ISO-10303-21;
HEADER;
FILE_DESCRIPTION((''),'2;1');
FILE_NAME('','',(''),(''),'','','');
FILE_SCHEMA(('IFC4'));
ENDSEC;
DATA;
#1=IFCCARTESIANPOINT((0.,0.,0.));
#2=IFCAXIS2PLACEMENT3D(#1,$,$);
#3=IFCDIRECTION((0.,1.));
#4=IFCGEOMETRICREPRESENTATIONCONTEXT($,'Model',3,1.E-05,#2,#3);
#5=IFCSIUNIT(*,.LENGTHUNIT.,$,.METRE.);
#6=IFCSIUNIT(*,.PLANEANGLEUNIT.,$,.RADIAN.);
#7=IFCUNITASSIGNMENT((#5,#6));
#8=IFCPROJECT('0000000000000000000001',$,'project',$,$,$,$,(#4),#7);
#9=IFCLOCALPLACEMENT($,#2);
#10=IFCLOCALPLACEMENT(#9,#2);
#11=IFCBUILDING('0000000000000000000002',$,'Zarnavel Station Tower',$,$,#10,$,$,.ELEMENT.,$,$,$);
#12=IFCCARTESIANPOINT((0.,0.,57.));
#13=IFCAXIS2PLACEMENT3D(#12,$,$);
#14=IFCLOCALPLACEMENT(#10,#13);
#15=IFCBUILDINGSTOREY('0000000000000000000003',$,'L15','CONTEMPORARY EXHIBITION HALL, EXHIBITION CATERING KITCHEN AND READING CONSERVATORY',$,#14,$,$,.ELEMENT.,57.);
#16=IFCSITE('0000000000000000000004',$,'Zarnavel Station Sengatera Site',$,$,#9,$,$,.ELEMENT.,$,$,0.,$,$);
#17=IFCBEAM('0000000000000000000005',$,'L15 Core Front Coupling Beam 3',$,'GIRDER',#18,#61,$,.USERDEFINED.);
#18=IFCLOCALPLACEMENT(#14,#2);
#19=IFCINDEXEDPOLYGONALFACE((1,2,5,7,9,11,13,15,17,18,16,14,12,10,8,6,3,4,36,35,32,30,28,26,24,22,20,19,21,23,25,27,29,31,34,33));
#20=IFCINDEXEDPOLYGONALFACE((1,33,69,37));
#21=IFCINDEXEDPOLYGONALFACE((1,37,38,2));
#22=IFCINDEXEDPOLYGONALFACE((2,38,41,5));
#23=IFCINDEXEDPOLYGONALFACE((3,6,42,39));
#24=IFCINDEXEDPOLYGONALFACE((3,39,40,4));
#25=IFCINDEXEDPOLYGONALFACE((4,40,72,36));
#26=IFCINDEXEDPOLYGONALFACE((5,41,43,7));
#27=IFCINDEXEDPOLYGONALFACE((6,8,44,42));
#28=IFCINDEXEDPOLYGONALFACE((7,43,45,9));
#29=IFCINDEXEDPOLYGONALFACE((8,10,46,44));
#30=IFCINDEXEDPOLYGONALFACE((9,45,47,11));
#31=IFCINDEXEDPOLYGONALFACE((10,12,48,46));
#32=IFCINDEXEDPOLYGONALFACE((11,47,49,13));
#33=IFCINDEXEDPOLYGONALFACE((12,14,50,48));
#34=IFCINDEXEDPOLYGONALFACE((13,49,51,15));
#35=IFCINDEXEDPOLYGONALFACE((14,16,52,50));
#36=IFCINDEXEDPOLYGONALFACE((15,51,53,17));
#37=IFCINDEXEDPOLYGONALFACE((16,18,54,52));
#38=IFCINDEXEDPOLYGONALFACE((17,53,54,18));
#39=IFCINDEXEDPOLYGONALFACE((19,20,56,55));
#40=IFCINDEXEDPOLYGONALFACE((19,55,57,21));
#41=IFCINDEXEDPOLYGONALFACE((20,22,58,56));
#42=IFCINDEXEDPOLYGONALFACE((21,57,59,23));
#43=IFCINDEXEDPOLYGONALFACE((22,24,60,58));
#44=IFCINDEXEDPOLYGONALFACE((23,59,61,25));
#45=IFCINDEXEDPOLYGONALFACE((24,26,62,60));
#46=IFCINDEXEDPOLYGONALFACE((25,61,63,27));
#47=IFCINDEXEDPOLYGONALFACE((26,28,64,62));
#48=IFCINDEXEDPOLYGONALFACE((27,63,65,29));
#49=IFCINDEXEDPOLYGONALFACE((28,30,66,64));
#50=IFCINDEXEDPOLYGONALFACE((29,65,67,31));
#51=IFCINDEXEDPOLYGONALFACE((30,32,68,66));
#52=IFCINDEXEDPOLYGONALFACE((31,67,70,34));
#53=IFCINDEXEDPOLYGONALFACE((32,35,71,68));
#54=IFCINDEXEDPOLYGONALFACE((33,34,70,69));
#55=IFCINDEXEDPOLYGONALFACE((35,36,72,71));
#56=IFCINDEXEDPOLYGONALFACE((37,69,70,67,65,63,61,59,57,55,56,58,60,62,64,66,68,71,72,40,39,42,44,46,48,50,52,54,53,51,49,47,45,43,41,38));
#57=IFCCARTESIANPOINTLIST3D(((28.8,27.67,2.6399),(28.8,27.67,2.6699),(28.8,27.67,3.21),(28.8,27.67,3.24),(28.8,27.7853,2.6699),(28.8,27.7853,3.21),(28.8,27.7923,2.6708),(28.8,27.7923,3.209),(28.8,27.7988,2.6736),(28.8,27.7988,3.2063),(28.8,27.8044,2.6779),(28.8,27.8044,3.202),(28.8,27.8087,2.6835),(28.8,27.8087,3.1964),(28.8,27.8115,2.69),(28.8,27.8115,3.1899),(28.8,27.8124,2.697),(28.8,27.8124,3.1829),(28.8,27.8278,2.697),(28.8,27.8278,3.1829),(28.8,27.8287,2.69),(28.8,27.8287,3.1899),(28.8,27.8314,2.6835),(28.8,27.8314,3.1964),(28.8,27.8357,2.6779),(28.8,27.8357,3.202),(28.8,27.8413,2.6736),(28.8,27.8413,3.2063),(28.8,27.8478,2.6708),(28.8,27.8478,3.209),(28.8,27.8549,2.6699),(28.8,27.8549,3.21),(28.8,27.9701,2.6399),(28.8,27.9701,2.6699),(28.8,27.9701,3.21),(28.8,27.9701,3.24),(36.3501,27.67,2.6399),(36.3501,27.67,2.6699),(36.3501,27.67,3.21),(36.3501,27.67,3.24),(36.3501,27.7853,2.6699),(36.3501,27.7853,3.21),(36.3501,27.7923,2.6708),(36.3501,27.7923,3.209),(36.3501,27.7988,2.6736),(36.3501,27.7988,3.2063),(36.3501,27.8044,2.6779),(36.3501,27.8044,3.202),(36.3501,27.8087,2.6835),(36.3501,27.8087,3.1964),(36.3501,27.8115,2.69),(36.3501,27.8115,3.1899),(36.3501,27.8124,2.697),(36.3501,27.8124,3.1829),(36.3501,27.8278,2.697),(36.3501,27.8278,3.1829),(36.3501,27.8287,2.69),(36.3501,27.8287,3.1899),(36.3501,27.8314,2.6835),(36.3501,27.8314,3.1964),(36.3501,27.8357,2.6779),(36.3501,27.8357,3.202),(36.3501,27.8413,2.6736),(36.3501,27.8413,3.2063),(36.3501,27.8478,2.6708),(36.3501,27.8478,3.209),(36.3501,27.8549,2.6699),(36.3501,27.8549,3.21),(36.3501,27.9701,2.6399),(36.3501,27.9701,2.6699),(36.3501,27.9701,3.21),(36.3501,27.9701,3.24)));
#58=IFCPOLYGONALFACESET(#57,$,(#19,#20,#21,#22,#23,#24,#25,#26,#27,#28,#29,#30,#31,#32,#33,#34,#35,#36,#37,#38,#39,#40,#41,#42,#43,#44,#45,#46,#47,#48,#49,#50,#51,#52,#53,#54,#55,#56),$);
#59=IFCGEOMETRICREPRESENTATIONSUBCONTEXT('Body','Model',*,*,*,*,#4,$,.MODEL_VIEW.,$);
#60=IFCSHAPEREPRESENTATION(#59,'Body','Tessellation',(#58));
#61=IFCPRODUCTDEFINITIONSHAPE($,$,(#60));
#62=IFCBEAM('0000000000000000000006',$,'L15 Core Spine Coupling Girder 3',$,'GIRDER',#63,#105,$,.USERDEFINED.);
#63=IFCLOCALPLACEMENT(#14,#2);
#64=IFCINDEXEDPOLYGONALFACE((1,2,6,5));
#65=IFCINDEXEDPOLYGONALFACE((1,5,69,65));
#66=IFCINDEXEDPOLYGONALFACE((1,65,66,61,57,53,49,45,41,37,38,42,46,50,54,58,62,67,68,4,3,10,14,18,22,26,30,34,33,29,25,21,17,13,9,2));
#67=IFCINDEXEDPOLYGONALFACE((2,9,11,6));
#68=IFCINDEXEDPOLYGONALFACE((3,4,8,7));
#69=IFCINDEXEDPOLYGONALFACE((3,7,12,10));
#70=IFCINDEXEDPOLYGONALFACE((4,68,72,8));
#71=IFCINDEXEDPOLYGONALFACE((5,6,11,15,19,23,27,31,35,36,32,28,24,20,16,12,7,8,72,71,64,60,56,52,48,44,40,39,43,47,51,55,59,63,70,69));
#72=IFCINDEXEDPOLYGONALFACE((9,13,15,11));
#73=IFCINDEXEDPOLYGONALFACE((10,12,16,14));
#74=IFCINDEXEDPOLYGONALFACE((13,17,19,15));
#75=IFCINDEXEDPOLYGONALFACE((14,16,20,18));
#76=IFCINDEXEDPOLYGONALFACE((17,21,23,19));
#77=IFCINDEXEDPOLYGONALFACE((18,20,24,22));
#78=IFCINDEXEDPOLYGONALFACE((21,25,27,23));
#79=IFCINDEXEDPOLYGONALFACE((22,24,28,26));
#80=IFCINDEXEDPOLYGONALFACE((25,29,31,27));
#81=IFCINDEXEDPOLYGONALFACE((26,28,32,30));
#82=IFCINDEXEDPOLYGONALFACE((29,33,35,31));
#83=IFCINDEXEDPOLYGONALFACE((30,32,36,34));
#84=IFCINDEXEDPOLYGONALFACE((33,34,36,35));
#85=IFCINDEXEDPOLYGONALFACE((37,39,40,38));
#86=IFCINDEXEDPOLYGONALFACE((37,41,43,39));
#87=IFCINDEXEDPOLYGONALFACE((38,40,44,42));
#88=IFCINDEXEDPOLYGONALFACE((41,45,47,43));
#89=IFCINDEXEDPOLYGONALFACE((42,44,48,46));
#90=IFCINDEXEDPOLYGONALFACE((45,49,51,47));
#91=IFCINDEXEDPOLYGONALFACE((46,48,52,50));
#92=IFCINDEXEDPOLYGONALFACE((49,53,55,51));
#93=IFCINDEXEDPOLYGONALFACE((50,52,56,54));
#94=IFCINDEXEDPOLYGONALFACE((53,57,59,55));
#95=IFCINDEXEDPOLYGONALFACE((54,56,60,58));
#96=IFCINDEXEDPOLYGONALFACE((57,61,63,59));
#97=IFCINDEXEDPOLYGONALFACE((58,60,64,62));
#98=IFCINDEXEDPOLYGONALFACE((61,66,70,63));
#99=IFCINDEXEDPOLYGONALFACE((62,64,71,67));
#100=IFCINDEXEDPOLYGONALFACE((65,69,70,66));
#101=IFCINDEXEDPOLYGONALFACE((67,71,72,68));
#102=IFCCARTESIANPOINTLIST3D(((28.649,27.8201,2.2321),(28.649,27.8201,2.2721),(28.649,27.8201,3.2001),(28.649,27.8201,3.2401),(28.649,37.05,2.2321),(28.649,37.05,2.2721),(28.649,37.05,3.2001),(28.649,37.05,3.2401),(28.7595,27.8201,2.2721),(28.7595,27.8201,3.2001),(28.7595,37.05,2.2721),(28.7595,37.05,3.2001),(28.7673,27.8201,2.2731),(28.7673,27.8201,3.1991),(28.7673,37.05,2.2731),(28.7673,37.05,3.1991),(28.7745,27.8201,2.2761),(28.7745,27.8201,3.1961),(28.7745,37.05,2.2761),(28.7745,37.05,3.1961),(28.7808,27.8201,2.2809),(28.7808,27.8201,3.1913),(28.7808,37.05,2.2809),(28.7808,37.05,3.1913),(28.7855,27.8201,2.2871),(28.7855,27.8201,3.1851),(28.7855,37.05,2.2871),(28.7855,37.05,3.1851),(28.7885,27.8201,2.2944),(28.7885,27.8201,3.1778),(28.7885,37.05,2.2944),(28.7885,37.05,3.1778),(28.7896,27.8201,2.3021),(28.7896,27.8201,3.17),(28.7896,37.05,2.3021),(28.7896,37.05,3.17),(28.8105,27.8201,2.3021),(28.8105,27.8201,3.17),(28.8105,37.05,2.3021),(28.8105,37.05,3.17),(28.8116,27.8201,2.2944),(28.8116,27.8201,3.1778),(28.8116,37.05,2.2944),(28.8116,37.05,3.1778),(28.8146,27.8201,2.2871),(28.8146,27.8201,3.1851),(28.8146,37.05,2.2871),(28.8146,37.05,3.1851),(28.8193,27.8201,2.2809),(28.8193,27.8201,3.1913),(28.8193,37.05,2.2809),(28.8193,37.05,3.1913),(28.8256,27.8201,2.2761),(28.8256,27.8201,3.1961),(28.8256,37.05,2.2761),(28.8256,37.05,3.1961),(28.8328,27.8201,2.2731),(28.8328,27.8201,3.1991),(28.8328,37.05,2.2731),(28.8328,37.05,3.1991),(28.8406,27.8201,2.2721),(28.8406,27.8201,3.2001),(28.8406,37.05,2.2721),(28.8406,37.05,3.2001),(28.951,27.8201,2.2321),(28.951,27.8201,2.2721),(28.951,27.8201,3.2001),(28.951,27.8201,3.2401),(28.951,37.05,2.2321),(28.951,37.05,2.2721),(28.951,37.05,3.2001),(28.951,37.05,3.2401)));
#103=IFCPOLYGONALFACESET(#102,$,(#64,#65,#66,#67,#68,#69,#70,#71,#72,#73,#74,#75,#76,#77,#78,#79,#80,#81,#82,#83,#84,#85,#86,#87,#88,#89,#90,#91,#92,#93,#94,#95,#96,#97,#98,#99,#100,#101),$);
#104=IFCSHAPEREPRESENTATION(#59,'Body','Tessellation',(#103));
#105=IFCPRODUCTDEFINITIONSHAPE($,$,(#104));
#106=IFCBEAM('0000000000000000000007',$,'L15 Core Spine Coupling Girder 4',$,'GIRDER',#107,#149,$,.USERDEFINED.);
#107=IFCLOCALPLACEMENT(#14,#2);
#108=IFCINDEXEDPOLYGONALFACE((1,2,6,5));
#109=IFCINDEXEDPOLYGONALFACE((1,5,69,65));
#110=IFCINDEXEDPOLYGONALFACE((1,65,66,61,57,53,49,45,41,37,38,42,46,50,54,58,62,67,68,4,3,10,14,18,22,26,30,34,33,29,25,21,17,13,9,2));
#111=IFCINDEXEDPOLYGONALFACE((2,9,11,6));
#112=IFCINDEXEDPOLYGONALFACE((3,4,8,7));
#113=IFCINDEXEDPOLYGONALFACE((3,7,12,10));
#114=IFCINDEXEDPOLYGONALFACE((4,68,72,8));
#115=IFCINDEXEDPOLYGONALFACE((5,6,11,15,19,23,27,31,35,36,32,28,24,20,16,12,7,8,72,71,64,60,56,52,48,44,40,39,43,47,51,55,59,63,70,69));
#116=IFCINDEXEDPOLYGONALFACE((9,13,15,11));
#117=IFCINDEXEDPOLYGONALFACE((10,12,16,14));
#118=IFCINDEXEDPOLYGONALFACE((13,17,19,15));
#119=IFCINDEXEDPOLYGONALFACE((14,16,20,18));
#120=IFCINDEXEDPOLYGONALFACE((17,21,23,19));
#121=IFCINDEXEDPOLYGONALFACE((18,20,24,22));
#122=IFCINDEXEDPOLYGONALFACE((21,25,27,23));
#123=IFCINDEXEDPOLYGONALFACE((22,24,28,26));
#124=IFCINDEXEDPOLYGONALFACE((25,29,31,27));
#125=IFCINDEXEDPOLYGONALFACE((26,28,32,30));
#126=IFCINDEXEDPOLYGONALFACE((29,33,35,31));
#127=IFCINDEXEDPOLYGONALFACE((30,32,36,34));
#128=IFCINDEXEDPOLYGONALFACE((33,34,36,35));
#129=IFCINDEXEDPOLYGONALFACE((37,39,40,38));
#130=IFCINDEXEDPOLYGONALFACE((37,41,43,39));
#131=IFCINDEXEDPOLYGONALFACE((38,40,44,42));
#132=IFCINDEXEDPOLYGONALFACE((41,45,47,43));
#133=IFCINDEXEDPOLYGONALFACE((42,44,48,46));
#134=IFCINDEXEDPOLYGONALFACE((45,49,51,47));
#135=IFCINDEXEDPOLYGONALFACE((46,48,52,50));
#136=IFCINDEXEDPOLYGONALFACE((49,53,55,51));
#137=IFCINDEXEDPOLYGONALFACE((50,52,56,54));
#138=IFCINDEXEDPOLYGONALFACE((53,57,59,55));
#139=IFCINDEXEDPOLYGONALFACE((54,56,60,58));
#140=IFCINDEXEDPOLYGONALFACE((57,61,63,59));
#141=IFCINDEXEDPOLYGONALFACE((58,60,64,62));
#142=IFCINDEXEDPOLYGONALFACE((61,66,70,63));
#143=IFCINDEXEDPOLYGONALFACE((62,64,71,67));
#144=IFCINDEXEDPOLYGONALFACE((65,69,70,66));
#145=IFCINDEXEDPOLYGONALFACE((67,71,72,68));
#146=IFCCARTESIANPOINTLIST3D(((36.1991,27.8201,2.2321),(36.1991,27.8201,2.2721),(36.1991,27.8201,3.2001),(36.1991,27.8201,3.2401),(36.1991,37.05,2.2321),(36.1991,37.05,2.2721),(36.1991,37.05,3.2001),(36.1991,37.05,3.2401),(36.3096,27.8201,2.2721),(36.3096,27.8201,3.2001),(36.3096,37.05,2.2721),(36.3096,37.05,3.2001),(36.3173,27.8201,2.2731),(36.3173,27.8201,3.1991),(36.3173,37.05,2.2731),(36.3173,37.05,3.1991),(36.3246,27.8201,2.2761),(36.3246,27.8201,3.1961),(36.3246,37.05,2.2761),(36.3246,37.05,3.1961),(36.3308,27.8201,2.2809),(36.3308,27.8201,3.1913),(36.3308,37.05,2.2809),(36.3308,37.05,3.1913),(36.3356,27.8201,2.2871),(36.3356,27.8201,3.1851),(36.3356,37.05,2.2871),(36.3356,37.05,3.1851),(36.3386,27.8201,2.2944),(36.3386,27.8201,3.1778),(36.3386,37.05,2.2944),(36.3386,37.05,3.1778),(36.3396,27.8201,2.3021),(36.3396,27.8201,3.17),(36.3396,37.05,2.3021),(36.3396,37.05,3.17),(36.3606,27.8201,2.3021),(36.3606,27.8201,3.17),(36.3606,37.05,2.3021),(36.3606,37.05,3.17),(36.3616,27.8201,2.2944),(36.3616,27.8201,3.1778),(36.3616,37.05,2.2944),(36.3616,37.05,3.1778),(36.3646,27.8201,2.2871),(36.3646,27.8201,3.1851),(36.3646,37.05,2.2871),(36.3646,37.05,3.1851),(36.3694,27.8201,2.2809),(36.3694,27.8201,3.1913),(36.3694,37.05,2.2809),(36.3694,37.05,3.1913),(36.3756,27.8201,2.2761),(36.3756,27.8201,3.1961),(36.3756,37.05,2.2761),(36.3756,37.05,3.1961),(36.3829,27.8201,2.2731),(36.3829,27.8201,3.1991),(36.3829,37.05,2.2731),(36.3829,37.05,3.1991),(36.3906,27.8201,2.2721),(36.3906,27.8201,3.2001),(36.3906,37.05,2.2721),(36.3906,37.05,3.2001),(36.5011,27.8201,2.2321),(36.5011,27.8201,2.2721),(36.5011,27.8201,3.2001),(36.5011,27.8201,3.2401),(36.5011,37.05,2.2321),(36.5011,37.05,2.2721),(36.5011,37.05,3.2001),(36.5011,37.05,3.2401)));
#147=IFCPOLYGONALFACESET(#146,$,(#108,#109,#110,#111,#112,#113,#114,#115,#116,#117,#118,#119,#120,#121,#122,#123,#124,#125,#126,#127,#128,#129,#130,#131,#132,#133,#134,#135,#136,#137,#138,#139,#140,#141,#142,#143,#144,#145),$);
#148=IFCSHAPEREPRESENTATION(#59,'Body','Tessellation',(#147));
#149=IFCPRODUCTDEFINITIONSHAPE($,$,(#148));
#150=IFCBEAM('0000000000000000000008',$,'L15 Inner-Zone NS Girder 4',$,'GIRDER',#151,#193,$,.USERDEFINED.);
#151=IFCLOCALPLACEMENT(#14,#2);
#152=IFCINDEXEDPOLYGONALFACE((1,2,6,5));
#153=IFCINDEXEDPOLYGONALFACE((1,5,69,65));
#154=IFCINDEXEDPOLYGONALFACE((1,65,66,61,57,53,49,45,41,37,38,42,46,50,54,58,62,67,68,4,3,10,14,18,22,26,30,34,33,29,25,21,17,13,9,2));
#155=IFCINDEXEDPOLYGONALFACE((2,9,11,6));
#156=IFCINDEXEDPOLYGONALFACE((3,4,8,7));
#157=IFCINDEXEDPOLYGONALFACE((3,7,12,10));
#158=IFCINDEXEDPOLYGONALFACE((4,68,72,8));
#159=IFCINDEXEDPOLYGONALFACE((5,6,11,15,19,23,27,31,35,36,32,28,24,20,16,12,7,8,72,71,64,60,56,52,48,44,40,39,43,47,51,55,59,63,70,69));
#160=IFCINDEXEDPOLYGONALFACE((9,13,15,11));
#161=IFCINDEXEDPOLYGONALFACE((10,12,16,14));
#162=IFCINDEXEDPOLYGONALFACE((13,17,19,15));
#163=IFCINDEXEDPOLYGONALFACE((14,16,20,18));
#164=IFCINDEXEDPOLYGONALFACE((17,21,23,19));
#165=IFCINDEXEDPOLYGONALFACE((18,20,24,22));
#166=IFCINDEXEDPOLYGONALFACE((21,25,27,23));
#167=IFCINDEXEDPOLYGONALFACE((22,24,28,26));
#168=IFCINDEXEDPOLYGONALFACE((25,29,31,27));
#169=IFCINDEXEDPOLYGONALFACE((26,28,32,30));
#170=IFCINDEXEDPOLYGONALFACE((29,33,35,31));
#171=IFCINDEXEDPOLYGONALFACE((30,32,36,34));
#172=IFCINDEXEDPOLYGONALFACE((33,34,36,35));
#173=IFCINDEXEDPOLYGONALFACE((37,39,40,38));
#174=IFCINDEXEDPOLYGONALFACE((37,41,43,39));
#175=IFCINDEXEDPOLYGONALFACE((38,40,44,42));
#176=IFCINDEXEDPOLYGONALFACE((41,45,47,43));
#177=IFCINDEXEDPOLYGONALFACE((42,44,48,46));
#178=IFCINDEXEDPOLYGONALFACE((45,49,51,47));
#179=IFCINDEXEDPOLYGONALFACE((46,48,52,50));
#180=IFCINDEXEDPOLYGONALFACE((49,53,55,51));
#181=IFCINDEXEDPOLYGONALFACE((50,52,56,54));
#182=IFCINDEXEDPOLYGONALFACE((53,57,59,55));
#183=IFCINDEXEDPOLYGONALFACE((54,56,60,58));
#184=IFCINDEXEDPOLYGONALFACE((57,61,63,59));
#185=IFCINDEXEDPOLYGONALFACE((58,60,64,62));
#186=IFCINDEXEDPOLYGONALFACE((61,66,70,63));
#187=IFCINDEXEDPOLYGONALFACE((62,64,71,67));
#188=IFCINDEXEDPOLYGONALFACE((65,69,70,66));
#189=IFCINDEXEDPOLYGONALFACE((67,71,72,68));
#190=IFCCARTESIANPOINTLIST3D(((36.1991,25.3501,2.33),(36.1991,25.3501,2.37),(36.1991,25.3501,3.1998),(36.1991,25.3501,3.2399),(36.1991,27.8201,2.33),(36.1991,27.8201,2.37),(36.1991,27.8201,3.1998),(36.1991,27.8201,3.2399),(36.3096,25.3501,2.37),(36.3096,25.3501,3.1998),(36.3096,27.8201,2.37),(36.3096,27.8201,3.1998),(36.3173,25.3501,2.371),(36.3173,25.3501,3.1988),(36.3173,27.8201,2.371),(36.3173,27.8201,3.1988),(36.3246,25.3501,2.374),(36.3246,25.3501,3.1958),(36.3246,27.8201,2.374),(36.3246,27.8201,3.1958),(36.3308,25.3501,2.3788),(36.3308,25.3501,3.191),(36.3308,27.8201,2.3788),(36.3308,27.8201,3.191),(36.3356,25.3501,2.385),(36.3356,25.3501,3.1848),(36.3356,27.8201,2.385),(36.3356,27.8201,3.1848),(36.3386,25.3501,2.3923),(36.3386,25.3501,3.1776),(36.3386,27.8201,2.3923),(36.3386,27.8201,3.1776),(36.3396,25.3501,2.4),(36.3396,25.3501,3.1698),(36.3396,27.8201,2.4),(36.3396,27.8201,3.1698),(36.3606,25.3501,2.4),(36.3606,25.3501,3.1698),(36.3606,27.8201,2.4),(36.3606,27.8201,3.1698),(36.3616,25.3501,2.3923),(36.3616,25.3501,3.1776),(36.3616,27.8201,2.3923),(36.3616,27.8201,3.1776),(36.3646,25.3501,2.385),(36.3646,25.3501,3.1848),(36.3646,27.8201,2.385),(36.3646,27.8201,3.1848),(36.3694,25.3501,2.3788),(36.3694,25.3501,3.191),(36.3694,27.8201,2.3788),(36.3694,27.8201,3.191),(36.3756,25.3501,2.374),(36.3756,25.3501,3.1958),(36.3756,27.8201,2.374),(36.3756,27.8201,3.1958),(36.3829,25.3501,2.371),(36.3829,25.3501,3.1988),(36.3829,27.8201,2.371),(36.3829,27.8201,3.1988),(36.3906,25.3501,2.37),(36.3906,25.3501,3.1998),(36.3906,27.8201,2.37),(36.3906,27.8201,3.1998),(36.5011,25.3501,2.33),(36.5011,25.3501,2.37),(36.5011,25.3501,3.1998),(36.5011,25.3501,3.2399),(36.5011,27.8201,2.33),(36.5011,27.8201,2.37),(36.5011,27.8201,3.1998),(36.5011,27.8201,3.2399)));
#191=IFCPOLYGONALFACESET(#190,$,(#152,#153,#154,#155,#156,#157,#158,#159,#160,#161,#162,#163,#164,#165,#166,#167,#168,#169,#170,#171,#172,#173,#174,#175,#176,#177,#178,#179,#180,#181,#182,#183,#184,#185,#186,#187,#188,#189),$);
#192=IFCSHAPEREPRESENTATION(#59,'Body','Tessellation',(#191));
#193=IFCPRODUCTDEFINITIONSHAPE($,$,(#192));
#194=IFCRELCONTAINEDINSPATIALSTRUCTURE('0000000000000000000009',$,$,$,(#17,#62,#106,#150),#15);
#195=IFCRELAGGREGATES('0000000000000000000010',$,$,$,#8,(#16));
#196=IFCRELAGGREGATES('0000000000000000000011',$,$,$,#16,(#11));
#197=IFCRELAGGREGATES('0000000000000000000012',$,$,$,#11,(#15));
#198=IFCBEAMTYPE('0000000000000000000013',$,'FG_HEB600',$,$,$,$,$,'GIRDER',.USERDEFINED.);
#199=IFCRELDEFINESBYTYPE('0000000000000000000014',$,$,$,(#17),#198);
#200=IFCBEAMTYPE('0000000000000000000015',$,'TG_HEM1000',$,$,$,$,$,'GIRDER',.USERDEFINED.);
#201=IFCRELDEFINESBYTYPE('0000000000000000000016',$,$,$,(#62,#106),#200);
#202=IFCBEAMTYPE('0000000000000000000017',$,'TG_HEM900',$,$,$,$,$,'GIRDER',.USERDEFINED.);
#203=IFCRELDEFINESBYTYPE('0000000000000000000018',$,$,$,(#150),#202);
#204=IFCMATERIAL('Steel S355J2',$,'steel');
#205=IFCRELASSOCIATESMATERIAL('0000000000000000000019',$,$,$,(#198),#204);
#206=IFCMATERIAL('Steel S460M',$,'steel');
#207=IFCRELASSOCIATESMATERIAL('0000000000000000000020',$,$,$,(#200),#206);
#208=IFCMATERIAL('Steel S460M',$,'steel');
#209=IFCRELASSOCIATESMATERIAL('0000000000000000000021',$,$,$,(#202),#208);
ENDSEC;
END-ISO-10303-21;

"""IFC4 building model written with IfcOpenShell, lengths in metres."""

from ifc_helpers import new_model, si_unit, direction, frame, origin, origin_2d, place, context, subcontext, project, spatial, i_section, extrude, material, material_profile, profile_set, type_object, element, save


model = new_model("IFC4")

# Units and contexts
model_context = context("Model", 3, precision=1e-05, world=origin(), true_north=direction((0.0, 1.0)))
body_context = subcontext(model_context, "Body", "Model", "MODEL_VIEW")
ifc_project = project(units=[si_unit("LENGTHUNIT", "METRE"), si_unit("PLANEANGLEUNIT", "RADIAN")], contexts=[model_context])

# Site, building, storey
site_placement = place(None, origin())
site = spatial("IfcSite", under=ifc_project, at=site_placement, Name="Zarnavel Station Sengatera Site", CompositionType="ELEMENT", RefElevation=0.0)
building_placement = place(site_placement, origin())
building = spatial("IfcBuilding", under=site, at=building_placement, Name="Zarnavel Station Tower", CompositionType="ELEMENT")
storey_placement = place(building_placement, frame((0.0, 0.0, 57.0)))
storey = spatial("IfcBuildingStorey", under=building, at=storey_placement, Name="L15", Description="CONTEMPORARY EXHIBITION HALL, EXHIBITION CATERING KITCHEN AND READING CONSERVATORY", CompositionType="ELEMENT", Elevation=57.0)

# Beams
ifc_material_1 = material(Name="Steel S355J2", Category="steel")
ifc_material_profile_1 = material_profile(ifc_material_1, i_section(OverallWidth=0.3, OverallDepth=0.6001, WebThickness=0.0154, FlangeThickness=0.03, FilletRadius=0.0271, at=origin_2d()), Name="HEB600")
ifc_profile_set_1 = profile_set([ifc_material_profile_1], Name="Steel S355J2")
beam_type_1 = type_object("IfcBeamType", Name="FG_HEB600", ElementType="GIRDER", PredefinedType="USERDEFINED", material=ifc_profile_set_1)
beam_1_placement = place(storey_placement, frame((28.8, 27.8201, 2.9399), z_axis=(1.0, 0.0, 0.0), x_axis=(0.0, 1.0, 0.0)))
element("IfcBeam", 1, at=beam_1_placement, inside=storey, type_object=beam_type_1, Name="L15 Core Front Coupling Beam 3", ObjectType="GIRDER", PredefinedType="USERDEFINED", context=body_context, shape_type="SweptSolid", body=[
    extrude(i_section(OverallWidth=0.3, OverallDepth=0.6001, WebThickness=0.0154, FlangeThickness=0.03, FilletRadius=0.0271, at=origin_2d()), origin(), (0.0, 0.0, 1.0), 7.55),
])
ifc_material_2 = material(Name="Steel S460M", Category="steel")
ifc_material_profile_2 = material_profile(ifc_material_2, i_section(OverallWidth=0.302, OverallDepth=1.0081, WebThickness=0.021, FlangeThickness=0.04, FilletRadius=0.03, at=origin_2d()), Name="HEM1000")
ifc_profile_set_2 = profile_set([ifc_material_profile_2], Name="Steel S460M")
beam_type_2 = type_object("IfcBeamType", Name="TG_HEM1000", ElementType="GIRDER", PredefinedType="USERDEFINED", material=ifc_profile_set_2)
for number, where, z_axis, x_axis, name in (
    (2, (28.8, 27.8201, 2.7361), (0.0, 1.0, 0.0), (-1.0, 0.0, 0.0), "L15 Core Spine Coupling Girder 3"),
    (3, (36.3501, 27.8201, 2.7361), (0.0, 1.0, 0.0), (-1.0, 0.0, 0.0), "L15 Core Spine Coupling Girder 4"),
):
    element("IfcBeam", number, at=place(storey_placement, frame(where, z_axis=z_axis, x_axis=x_axis)), inside=storey, type_object=beam_type_2, Name=name, ObjectType="GIRDER", PredefinedType="USERDEFINED", context=body_context, shape_type="SweptSolid", body=[
        extrude(i_section(OverallWidth=0.302, OverallDepth=1.0081, WebThickness=0.021, FlangeThickness=0.04, FilletRadius=0.03, at=origin_2d()), origin(), (0.0, 0.0, 1.0), 9.23),
    ])
ifc_material_3 = material(Name="Steel S460M", Category="steel")
ifc_material_profile_3 = material_profile(ifc_material_3, i_section(OverallWidth=0.302, OverallDepth=0.9099, WebThickness=0.021, FlangeThickness=0.04, FilletRadius=0.03, at=origin_2d()), Name="HEM900")
ifc_profile_set_3 = profile_set([ifc_material_profile_3], Name="Steel S460M")
beam_type_3 = type_object("IfcBeamType", Name="TG_HEM900", ElementType="GIRDER", PredefinedType="USERDEFINED", material=ifc_profile_set_3)
beam_2_placement = place(storey_placement, frame((36.3501, 25.3501, 2.7849), z_axis=(0.0, 1.0, 0.0), x_axis=(-1.0, 0.0, 0.0)))
element("IfcBeam", 4, at=beam_2_placement, inside=storey, type_object=beam_type_3, Name="L15 Inner-Zone NS Girder 4", ObjectType="GIRDER", PredefinedType="USERDEFINED", context=body_context, shape_type="SweptSolid", body=[
    extrude(i_section(OverallWidth=0.302, OverallDepth=0.9099, WebThickness=0.021, FlangeThickness=0.04, FilletRadius=0.03, at=origin_2d()), origin(), (0.0, 0.0, 1.0), 2.47),
])

save(model, "model.ifc")
